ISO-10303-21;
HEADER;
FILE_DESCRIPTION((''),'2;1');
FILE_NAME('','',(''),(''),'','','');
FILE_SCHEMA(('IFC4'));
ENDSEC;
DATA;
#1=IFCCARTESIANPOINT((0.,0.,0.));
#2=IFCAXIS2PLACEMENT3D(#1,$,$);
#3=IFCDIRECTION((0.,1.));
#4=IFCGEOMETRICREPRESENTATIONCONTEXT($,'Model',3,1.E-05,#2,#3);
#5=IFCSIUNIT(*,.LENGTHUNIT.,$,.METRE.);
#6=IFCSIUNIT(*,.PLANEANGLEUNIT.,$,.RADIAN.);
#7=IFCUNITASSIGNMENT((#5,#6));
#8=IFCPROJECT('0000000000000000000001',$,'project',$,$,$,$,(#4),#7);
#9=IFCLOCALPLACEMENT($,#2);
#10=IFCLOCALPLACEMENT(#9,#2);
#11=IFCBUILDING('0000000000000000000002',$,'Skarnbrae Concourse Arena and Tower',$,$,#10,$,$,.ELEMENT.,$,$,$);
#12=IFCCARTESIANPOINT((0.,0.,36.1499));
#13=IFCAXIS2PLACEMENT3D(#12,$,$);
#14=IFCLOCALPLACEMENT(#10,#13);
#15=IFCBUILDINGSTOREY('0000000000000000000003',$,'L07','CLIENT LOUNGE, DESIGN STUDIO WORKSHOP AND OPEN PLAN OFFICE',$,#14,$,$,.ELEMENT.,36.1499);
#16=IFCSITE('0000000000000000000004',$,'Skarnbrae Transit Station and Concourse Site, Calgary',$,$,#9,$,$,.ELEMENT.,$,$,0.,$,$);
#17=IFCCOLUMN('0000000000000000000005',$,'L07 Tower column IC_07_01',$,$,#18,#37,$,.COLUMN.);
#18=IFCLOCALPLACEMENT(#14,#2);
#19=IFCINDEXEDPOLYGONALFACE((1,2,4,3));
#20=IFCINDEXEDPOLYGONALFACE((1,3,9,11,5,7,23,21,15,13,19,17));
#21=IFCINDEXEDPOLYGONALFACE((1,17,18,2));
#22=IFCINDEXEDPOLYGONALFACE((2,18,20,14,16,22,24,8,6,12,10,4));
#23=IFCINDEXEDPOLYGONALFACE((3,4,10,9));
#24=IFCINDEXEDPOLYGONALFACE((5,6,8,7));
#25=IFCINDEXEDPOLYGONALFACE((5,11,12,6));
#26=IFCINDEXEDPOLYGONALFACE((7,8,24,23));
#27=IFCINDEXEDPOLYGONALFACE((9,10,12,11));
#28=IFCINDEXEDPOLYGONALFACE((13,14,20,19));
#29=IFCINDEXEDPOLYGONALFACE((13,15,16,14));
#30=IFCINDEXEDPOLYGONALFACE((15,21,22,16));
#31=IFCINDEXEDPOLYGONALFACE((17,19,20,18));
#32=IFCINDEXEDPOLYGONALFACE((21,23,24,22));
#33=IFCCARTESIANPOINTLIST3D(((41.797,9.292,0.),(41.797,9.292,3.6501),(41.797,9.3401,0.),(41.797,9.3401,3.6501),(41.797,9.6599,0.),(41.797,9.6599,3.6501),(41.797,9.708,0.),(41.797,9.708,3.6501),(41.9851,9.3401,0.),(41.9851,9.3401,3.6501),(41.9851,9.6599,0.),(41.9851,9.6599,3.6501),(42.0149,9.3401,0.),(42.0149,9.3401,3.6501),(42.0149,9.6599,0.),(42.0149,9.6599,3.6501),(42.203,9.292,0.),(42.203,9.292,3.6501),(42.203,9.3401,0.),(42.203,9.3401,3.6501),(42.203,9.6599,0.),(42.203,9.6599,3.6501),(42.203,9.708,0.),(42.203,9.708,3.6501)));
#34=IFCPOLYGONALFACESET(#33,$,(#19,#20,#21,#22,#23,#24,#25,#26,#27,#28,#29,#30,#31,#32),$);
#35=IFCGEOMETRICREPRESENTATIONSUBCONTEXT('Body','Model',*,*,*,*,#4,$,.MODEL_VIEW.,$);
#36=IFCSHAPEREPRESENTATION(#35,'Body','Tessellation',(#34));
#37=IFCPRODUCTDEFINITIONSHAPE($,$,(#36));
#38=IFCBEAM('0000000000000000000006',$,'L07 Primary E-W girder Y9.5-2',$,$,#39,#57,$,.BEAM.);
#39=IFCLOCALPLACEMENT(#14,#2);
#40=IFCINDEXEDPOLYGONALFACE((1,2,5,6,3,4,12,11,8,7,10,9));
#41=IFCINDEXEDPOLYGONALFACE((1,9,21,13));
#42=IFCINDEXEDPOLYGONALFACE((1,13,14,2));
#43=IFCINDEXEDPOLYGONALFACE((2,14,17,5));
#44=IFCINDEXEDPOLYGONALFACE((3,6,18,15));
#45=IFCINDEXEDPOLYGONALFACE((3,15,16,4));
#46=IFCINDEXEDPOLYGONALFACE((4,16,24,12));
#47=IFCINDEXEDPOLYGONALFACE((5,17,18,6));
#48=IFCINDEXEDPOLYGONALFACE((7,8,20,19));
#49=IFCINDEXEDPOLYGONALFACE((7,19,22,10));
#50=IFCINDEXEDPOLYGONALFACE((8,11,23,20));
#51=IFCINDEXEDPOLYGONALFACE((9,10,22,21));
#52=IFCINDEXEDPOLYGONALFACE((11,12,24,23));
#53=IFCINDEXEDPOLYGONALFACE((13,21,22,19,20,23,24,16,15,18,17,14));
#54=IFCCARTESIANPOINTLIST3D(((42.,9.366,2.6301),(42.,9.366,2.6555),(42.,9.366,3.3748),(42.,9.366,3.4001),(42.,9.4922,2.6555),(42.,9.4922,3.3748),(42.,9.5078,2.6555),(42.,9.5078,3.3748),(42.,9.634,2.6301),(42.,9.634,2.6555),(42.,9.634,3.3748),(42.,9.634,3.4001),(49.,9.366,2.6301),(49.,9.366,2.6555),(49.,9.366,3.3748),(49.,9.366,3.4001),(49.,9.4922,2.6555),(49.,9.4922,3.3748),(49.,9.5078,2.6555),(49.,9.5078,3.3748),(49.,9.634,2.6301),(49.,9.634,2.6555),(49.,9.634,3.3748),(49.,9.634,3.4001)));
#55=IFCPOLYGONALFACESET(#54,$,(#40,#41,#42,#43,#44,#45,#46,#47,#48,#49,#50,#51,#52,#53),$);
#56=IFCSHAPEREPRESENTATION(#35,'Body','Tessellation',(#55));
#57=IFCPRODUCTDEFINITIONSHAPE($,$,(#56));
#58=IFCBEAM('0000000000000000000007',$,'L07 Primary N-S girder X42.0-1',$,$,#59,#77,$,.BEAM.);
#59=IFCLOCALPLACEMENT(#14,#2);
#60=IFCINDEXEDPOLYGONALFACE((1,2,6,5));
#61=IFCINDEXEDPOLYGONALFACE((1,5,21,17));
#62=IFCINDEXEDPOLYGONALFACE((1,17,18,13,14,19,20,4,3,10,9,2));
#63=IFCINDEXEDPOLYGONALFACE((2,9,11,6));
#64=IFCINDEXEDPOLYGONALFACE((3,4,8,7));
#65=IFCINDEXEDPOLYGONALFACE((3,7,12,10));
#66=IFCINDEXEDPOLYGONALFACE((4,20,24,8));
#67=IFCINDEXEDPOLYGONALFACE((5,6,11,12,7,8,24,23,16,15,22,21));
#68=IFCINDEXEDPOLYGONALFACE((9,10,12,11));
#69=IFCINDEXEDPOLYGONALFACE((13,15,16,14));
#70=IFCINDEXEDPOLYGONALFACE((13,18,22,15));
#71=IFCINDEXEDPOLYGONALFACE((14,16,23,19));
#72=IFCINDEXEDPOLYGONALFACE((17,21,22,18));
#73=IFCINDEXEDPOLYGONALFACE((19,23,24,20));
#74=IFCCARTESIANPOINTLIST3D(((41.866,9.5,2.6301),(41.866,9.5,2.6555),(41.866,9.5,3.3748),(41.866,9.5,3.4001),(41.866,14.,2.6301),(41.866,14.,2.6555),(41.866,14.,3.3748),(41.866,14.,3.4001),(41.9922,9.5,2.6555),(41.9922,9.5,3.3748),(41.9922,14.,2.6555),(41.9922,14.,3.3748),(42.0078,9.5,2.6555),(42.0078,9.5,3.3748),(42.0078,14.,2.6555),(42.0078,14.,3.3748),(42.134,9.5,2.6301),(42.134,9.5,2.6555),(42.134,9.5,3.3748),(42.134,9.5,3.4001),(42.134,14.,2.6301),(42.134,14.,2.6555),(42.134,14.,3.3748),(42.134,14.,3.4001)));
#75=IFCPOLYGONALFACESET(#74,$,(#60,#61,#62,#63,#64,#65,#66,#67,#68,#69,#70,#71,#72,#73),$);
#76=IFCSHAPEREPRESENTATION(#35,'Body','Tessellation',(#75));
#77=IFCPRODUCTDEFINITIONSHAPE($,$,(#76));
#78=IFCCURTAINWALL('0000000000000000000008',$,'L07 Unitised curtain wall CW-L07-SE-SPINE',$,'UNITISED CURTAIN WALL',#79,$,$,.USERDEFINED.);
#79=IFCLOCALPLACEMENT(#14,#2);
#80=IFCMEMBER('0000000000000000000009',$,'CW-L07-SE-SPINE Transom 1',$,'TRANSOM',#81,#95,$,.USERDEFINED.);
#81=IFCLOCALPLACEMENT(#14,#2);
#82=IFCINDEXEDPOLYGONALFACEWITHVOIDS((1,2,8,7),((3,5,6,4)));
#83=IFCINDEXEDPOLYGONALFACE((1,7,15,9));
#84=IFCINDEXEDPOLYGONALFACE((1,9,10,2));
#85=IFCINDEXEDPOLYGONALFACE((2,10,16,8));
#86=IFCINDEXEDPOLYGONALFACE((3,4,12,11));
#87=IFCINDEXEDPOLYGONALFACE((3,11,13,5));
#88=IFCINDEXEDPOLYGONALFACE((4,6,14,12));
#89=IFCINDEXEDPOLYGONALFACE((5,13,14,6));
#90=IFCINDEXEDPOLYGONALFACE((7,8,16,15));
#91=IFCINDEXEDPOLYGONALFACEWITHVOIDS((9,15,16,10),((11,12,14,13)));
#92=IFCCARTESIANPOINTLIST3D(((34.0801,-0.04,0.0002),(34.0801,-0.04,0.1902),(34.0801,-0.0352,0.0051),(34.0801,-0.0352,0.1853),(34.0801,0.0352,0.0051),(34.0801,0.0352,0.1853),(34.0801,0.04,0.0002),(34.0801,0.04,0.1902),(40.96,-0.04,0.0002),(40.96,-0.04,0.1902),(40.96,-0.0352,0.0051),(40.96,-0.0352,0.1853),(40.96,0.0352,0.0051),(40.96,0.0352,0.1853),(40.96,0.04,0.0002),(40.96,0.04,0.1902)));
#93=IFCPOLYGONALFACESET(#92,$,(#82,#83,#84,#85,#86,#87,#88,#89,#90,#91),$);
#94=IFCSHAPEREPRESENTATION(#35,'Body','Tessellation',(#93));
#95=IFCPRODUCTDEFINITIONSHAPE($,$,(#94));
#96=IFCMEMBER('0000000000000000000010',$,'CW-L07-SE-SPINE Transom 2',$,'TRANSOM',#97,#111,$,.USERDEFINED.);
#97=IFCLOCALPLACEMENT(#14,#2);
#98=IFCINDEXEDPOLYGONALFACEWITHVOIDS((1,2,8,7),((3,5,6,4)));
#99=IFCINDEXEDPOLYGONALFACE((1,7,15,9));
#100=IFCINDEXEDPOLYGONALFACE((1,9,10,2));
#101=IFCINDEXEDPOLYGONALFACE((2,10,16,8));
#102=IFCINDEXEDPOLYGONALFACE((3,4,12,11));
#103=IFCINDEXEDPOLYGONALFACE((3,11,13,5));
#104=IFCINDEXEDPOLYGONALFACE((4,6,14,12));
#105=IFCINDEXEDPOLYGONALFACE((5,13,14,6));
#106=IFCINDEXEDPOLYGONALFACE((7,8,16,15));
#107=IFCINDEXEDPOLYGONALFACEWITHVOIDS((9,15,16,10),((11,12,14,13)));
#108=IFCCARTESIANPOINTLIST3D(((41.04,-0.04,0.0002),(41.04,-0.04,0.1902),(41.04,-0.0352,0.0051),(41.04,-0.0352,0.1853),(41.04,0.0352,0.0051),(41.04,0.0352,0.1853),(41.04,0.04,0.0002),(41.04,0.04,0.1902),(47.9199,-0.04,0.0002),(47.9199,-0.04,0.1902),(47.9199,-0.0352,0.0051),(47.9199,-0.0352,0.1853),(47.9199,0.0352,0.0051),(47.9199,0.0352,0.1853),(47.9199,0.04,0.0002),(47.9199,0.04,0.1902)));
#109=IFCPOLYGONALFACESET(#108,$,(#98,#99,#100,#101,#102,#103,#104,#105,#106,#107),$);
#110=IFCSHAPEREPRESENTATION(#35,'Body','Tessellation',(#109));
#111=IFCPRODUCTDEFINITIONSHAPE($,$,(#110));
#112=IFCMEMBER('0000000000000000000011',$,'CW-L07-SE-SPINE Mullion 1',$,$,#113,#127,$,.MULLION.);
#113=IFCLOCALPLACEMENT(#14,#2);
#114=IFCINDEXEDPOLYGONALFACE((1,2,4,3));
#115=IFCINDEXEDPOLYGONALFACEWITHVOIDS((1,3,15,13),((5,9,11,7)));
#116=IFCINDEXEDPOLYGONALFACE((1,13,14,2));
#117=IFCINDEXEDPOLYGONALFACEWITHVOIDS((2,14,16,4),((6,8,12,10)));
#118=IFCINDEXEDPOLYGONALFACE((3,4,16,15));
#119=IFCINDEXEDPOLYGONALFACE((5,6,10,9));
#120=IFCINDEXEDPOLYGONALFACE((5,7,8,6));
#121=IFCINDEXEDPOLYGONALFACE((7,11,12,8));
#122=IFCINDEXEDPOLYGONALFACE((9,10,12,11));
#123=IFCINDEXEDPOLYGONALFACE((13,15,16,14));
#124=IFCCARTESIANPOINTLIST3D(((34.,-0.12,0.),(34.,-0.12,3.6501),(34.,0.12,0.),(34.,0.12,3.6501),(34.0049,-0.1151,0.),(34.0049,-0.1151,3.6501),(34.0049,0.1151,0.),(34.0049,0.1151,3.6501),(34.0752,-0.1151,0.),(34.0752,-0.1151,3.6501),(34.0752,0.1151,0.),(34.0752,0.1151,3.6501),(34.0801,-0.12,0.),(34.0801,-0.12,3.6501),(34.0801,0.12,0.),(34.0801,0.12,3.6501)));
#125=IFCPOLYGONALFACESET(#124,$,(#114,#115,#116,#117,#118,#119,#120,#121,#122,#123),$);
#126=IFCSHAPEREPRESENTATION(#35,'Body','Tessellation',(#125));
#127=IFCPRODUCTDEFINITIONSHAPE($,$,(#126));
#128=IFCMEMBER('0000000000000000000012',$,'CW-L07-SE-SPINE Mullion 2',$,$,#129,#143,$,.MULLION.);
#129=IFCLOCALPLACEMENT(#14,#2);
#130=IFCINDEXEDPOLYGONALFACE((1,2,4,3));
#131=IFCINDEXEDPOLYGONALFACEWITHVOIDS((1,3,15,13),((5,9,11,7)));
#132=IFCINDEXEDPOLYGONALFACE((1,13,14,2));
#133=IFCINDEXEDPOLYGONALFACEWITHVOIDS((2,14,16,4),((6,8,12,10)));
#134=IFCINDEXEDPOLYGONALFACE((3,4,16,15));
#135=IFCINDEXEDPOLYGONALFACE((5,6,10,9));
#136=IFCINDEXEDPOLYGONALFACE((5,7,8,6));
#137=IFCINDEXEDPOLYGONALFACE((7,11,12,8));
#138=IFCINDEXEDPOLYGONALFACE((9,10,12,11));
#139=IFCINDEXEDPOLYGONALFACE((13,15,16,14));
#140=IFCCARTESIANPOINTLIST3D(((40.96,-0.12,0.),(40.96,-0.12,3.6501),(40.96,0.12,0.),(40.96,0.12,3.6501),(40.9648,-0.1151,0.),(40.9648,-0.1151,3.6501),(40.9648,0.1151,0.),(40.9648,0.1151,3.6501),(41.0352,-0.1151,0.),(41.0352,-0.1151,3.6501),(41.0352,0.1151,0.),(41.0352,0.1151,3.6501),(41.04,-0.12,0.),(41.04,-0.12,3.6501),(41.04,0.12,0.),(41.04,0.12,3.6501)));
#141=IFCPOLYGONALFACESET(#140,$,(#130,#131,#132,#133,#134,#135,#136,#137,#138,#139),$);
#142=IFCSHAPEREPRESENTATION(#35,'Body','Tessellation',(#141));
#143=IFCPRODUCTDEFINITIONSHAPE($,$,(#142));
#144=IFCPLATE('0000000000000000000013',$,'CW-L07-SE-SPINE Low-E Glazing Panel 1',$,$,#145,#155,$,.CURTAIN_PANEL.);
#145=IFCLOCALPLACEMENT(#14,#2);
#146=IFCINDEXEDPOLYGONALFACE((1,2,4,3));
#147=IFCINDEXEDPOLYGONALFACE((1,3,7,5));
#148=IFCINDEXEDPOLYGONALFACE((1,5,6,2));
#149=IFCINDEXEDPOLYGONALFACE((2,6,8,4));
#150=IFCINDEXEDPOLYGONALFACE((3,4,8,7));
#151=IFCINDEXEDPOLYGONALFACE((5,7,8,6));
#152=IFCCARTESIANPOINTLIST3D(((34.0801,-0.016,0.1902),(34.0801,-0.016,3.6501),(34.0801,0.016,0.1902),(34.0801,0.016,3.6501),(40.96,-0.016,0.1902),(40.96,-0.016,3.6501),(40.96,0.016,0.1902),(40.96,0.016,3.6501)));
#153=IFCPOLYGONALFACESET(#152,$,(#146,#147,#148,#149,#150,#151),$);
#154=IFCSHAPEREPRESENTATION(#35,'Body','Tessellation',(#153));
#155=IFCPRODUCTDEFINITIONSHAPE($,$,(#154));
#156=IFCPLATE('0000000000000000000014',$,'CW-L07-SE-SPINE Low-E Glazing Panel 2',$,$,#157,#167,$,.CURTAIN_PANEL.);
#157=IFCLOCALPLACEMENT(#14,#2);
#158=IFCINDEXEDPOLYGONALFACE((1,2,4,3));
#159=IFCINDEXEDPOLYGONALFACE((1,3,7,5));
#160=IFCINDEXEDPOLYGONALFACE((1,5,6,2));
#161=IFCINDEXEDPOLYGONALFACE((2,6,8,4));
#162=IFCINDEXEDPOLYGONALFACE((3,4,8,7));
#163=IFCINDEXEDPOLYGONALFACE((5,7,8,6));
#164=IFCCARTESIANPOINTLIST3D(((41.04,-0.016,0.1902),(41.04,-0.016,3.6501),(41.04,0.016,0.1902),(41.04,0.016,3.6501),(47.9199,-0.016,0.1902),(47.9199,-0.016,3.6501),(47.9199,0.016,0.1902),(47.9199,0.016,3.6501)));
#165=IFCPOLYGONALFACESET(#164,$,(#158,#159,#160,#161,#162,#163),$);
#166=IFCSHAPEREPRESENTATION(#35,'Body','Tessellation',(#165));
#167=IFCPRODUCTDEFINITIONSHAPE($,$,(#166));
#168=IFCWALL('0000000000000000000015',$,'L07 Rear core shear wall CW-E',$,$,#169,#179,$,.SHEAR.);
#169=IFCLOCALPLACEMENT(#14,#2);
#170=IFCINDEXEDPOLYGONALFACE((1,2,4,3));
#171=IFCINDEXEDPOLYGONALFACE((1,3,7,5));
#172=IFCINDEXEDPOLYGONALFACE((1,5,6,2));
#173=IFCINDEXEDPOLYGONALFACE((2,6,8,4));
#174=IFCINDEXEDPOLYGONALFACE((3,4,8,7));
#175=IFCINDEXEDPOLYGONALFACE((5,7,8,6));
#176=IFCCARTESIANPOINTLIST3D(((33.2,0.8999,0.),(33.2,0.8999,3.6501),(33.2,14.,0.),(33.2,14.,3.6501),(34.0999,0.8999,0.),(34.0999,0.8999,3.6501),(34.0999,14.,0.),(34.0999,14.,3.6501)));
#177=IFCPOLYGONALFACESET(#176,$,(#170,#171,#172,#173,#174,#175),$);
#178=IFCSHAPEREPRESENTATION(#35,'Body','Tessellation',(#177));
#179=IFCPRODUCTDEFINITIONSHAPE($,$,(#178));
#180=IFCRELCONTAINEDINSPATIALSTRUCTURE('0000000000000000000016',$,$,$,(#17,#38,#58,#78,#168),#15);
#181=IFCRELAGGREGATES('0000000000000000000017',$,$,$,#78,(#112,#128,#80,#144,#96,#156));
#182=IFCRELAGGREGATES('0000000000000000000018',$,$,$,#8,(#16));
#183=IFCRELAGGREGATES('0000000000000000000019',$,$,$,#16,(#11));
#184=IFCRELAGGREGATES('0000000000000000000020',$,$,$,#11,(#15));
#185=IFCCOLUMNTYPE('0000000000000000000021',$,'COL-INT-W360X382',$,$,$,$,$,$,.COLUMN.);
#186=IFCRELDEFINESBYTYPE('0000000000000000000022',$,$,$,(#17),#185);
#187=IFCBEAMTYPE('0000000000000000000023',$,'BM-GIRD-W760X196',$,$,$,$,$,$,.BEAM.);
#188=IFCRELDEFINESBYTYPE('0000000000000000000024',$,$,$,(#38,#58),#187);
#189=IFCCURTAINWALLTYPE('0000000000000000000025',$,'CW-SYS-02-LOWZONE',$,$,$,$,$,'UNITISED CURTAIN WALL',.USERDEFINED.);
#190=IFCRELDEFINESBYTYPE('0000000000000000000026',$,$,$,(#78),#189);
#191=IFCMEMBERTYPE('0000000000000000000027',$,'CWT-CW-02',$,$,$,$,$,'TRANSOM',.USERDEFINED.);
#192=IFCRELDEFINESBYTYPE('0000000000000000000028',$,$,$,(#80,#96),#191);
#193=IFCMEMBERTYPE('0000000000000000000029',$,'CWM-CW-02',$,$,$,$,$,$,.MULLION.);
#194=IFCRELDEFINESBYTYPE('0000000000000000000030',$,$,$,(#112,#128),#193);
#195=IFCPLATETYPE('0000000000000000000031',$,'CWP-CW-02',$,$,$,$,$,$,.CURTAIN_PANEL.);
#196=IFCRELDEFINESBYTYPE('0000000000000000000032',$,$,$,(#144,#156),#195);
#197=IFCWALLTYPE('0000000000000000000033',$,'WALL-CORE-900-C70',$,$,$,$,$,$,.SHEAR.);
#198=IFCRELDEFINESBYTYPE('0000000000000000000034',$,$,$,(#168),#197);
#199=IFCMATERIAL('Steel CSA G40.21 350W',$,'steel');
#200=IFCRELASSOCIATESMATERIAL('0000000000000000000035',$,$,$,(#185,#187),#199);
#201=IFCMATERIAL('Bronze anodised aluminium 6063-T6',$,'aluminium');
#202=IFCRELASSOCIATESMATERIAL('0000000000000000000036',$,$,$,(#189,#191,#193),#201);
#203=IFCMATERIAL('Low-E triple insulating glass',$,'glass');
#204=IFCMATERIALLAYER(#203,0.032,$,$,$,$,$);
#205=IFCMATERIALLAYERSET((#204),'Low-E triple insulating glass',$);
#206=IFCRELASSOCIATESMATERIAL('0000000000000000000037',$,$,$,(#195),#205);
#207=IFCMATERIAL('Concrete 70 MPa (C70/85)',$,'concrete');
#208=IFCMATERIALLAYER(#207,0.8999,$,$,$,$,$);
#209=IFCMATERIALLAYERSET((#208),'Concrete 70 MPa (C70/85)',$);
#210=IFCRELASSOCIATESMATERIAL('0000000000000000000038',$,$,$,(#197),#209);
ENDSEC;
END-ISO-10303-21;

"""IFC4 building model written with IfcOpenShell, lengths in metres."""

from ifc_helpers import new_model, si_unit, direction, frame, frame_2d, origin, origin_2d, place, context, subcontext, project, spatial, rectangle, hollow_rectangle, i_section, extrude, source, transform, mapped, material, layer, layer_set, material_profile, profile_set, type_object, element, aggregate, save


model = new_model("IFC4")

# Units and contexts
model_context = context("Model", 3, precision=1e-05, world=origin(), true_north=direction((0.0, 1.0)))
body_context = subcontext(model_context, "Body", "Model", "MODEL_VIEW")
ifc_project = project(units=[si_unit("LENGTHUNIT", "METRE"), si_unit("PLANEANGLEUNIT", "RADIAN")], contexts=[model_context])

# Site, building, storey
site_placement = place(None, origin())
site = spatial("IfcSite", under=ifc_project, at=site_placement, Name="Skarnbrae Transit Station and Concourse Site, Calgary", CompositionType="ELEMENT", RefElevation=0.0)
building_placement = place(site_placement, origin())
building = spatial("IfcBuilding", under=site, at=building_placement, Name="Skarnbrae Concourse Arena and Tower", CompositionType="ELEMENT")
storey_placement = place(building_placement, frame((0.0, 0.0, 36.1499)))
storey = spatial("IfcBuildingStorey", under=building, at=storey_placement, Name="L07", Description="CLIENT LOUNGE, DESIGN STUDIO WORKSHOP AND OPEN PLAN OFFICE", CompositionType="ELEMENT", Elevation=36.1499)

# Column
ifc_material_1 = material(Name="Steel CSA G40.21 350W", Category="steel")
ifc_material_profile_1 = material_profile(ifc_material_1, i_section(OverallWidth=0.406, OverallDepth=0.416, WebThickness=0.0298, FlangeThickness=0.0481, at=origin_2d()), Name="W360X382")
ifc_profile_set_1 = profile_set([ifc_material_profile_1], Name="Steel CSA G40.21 350W")
column_type = type_object("IfcColumnType", Name="COL-INT-W360X382", PredefinedType="COLUMN", material=ifc_profile_set_1)
shared_shape_1 = source(origin(), body_context, "Body", "SweptSolid", [
    extrude(i_section(OverallWidth=0.406, OverallDepth=0.416, WebThickness=0.0298, FlangeThickness=0.0481, at=origin_2d()), origin(), (0.0, 0.0, 1.0), 3.6501),
])
column_placement = place(storey_placement, frame((42.0, 9.5, 0.0), z_axis=(0.0, 0.0, 1.0), x_axis=(1.0, 0.0, 0.0)))
element("IfcColumn", 1, at=column_placement, inside=storey, type_object=column_type, Name="L07 Tower column IC_07_01", PredefinedType="COLUMN", context=body_context, shape_type="MappedRepresentation", body=[
    mapped(shared_shape_1, transform((0.0, 0.0, 0.0))),
])

# Beams
ifc_material_profile_2 = material_profile(ifc_material_1, i_section(OverallWidth=0.2681, OverallDepth=0.77, WebThickness=0.0156, FlangeThickness=0.0254, at=origin_2d()), Name="W760X196")
ifc_profile_set_2 = profile_set([ifc_material_profile_2], Name="Steel CSA G40.21 350W")
beam_type = type_object("IfcBeamType", Name="BM-GIRD-W760X196", PredefinedType="BEAM", material=ifc_profile_set_2)
shared_shape_2 = source(origin(), body_context, "Body", "SweptSolid", [
    extrude(i_section(OverallWidth=0.2681, OverallDepth=0.77, WebThickness=0.0156, FlangeThickness=0.0254, at=origin_2d()), origin(), (0.0, 0.0, 1.0), 7.0),
])
beam_1_placement = place(storey_placement, frame((42.0, 9.5, 3.0151), z_axis=(1.0, 0.0, 0.0), x_axis=(0.0, 1.0, 0.0)))
element("IfcBeam", 2, at=beam_1_placement, inside=storey, type_object=beam_type, Name="L07 Primary E-W girder Y9.5-2", PredefinedType="BEAM", context=body_context, shape_type="MappedRepresentation", body=[
    mapped(shared_shape_2, transform((0.0, 0.0, 0.0))),
])
shared_shape_3 = source(origin(), body_context, "Body", "SweptSolid", [
    extrude(i_section(OverallWidth=0.2681, OverallDepth=0.77, WebThickness=0.0156, FlangeThickness=0.0254, at=origin_2d()), origin(), (0.0, 0.0, 1.0), 4.5),
])
beam_2_placement = place(storey_placement, frame((42.0, 9.5, 3.0151), z_axis=(0.0, 1.0, 0.0), x_axis=(-1.0, 0.0, 0.0)))
element("IfcBeam", 3, at=beam_2_placement, inside=storey, type_object=beam_type, Name="L07 Primary N-S girder X42.0-1", PredefinedType="BEAM", context=body_context, shape_type="MappedRepresentation", body=[
    mapped(shared_shape_3, transform((0.0, 0.0, 0.0))),
])

# Curtain wall, members, plates
ifc_material_2 = material(Name="Bronze anodised aluminium 6063-T6", Category="aluminium")
curtain_wall_type = type_object("IfcCurtainWallType", Name="CW-SYS-02-LOWZONE", ElementType="UNITISED CURTAIN WALL", PredefinedType="USERDEFINED", material=ifc_material_2)
curtain_wall_placement = place(storey_placement, origin())
curtain_wall = element("IfcCurtainWall", 4, at=curtain_wall_placement, inside=storey, type_object=curtain_wall_type, Name="L07 Unitised curtain wall CW-L07-SE-SPINE", ObjectType="UNITISED CURTAIN WALL", PredefinedType="USERDEFINED")
ifc_material_profile_3 = material_profile(ifc_material_2, hollow_rectangle(XDim=0.0801, YDim=0.1899, WallThickness=0.0049, at=origin_2d()), Name="ALU-TRAN-80X190")
ifc_profile_set_3 = profile_set([ifc_material_profile_3], Name="Bronze anodised aluminium 6063-T6")
member_type_1 = type_object("IfcMemberType", Name="CWT-CW-02", ElementType="TRANSOM", PredefinedType="USERDEFINED", material=ifc_profile_set_3)
shared_shape_4 = source(origin(), body_context, "Body", "SweptSolid", [
    extrude(hollow_rectangle(XDim=0.0801, YDim=0.1899, WallThickness=0.0049, at=origin_2d()), origin(), (0.0, 0.0, 1.0), 6.8799),
])
member_1_placement = place(storey_placement, frame((34.0801, 0.0, 0.0952), z_axis=(1.0, 0.0, 0.0), x_axis=(0.0, 1.0, 0.0)))
member_1 = element("IfcMember", 5, at=member_1_placement, type_object=member_type_1, Name="CW-L07-SE-SPINE Transom 1", ObjectType="TRANSOM", PredefinedType="USERDEFINED", context=body_context, shape_type="MappedRepresentation", body=[
    mapped(shared_shape_4, transform((0.0, 0.0, 0.0))),
])
member_2_placement = place(storey_placement, frame((41.04, 0.0, 0.0952), z_axis=(1.0, 0.0, 0.0), x_axis=(0.0, 1.0, 0.0)))
member_2 = element("IfcMember", 6, at=member_2_placement, type_object=member_type_1, Name="CW-L07-SE-SPINE Transom 2", ObjectType="TRANSOM", PredefinedType="USERDEFINED", context=body_context, shape_type="MappedRepresentation", body=[
    mapped(shared_shape_4, transform((0.0, 0.0, 0.0))),
])
ifc_material_profile_4 = material_profile(ifc_material_2, hollow_rectangle(XDim=0.0801, YDim=0.24, WallThickness=0.0049, at=origin_2d()), Name="ALU-MULL-80X240")
ifc_profile_set_4 = profile_set([ifc_material_profile_4], Name="Bronze anodised aluminium 6063-T6")
member_type_2 = type_object("IfcMemberType", Name="CWM-CW-02", PredefinedType="MULLION", material=ifc_profile_set_4)
shared_shape_5 = source(origin(), body_context, "Body", "SweptSolid", [
    extrude(hollow_rectangle(XDim=0.0801, YDim=0.24, WallThickness=0.0049, at=origin_2d()), origin(), (0.0, 0.0, 1.0), 3.6501),
])
member_3_placement = place(storey_placement, frame((34.04, 0.0, 0.0), z_axis=(0.0, 0.0, 1.0), x_axis=(1.0, 0.0, 0.0)))
member_3 = element("IfcMember", 7, at=member_3_placement, type_object=member_type_2, Name="CW-L07-SE-SPINE Mullion 1", PredefinedType="MULLION", context=body_context, shape_type="MappedRepresentation", body=[
    mapped(shared_shape_5, transform((0.0, 0.0, 0.0))),
])
member_4_placement = place(storey_placement, frame((41.0, 0.0, 0.0), z_axis=(0.0, 0.0, 1.0), x_axis=(1.0, 0.0, 0.0)))
member_4 = element("IfcMember", 8, at=member_4_placement, type_object=member_type_2, Name="CW-L07-SE-SPINE Mullion 2", PredefinedType="MULLION", context=body_context, shape_type="MappedRepresentation", body=[
    mapped(shared_shape_5, transform((0.0, 0.0, 0.0))),
])
ifc_material_3 = material(Name="Low-E triple insulating glass", Category="glass")
ifc_layer_1 = layer(ifc_material_3, 0.032)
ifc_layer_set_1 = layer_set([ifc_layer_1], Name="Low-E triple insulating glass")
plate_type = type_object("IfcPlateType", Name="CWP-CW-02", PredefinedType="CURTAIN_PANEL", material=ifc_layer_set_1)
shared_shape_6 = source(origin(), body_context, "Body", "SweptSolid", [
    extrude(rectangle(XDim=6.8799, YDim=0.032, at=origin_2d()), origin(), (0.0, 0.0, 1.0), 3.46),
])
plate_1_placement = place(storey_placement, frame((37.52, 0.0, 0.1902), z_axis=(0.0, 0.0, 1.0), x_axis=(1.0, 0.0, 0.0)))
plate_1 = element("IfcPlate", 9, at=plate_1_placement, type_object=plate_type, Name="CW-L07-SE-SPINE Low-E Glazing Panel 1", PredefinedType="CURTAIN_PANEL", context=body_context, shape_type="MappedRepresentation", body=[
    mapped(shared_shape_6, transform((0.0, 0.0, 0.0))),
])
plate_2_placement = place(storey_placement, frame((44.48, 0.0, 0.1902), z_axis=(0.0, 0.0, 1.0), x_axis=(1.0, 0.0, 0.0)))
plate_2 = element("IfcPlate", 10, at=plate_2_placement, type_object=plate_type, Name="CW-L07-SE-SPINE Low-E Glazing Panel 2", PredefinedType="CURTAIN_PANEL", context=body_context, shape_type="MappedRepresentation", body=[
    mapped(shared_shape_6, transform((0.0, 0.0, 0.0))),
])
aggregate(curtain_wall, [member_3, member_4, member_1, plate_1, member_2, plate_2])

# Wall
ifc_material_4 = material(Name="Concrete 70 MPa (C70/85)", Category="concrete")
ifc_layer_2 = layer(ifc_material_4, 0.8999)
ifc_layer_set_2 = layer_set([ifc_layer_2], Name="Concrete 70 MPa (C70/85)")
wall_type_1 = type_object("IfcWallType", Name="WALL-CORE-900-C70", PredefinedType="SHEAR", material=ifc_layer_set_2)
shared_shape_7 = source(origin(), body_context, "Body", "SweptSolid", [
    extrude(rectangle(XDim=13.1001, YDim=0.8999, at=frame_2d((6.55, 0.0))), origin(), (0.0, 0.0, 1.0), 3.6501),
])
wall_1_placement = place(storey_placement, frame((33.6499, 0.8999, 0.0), z_axis=(0.0, 0.0, 1.0), x_axis=(0.0, 1.0, 0.0)))
element("IfcWall", 11, at=wall_1_placement, inside=storey, type_object=wall_type_1, Name="L07 Rear core shear wall CW-E", PredefinedType="SHEAR", context=body_context, shape_type="MappedRepresentation", body=[
    mapped(shared_shape_7, transform((0.0, 0.0, 0.0))),
])

save(model, "model.ifc")
